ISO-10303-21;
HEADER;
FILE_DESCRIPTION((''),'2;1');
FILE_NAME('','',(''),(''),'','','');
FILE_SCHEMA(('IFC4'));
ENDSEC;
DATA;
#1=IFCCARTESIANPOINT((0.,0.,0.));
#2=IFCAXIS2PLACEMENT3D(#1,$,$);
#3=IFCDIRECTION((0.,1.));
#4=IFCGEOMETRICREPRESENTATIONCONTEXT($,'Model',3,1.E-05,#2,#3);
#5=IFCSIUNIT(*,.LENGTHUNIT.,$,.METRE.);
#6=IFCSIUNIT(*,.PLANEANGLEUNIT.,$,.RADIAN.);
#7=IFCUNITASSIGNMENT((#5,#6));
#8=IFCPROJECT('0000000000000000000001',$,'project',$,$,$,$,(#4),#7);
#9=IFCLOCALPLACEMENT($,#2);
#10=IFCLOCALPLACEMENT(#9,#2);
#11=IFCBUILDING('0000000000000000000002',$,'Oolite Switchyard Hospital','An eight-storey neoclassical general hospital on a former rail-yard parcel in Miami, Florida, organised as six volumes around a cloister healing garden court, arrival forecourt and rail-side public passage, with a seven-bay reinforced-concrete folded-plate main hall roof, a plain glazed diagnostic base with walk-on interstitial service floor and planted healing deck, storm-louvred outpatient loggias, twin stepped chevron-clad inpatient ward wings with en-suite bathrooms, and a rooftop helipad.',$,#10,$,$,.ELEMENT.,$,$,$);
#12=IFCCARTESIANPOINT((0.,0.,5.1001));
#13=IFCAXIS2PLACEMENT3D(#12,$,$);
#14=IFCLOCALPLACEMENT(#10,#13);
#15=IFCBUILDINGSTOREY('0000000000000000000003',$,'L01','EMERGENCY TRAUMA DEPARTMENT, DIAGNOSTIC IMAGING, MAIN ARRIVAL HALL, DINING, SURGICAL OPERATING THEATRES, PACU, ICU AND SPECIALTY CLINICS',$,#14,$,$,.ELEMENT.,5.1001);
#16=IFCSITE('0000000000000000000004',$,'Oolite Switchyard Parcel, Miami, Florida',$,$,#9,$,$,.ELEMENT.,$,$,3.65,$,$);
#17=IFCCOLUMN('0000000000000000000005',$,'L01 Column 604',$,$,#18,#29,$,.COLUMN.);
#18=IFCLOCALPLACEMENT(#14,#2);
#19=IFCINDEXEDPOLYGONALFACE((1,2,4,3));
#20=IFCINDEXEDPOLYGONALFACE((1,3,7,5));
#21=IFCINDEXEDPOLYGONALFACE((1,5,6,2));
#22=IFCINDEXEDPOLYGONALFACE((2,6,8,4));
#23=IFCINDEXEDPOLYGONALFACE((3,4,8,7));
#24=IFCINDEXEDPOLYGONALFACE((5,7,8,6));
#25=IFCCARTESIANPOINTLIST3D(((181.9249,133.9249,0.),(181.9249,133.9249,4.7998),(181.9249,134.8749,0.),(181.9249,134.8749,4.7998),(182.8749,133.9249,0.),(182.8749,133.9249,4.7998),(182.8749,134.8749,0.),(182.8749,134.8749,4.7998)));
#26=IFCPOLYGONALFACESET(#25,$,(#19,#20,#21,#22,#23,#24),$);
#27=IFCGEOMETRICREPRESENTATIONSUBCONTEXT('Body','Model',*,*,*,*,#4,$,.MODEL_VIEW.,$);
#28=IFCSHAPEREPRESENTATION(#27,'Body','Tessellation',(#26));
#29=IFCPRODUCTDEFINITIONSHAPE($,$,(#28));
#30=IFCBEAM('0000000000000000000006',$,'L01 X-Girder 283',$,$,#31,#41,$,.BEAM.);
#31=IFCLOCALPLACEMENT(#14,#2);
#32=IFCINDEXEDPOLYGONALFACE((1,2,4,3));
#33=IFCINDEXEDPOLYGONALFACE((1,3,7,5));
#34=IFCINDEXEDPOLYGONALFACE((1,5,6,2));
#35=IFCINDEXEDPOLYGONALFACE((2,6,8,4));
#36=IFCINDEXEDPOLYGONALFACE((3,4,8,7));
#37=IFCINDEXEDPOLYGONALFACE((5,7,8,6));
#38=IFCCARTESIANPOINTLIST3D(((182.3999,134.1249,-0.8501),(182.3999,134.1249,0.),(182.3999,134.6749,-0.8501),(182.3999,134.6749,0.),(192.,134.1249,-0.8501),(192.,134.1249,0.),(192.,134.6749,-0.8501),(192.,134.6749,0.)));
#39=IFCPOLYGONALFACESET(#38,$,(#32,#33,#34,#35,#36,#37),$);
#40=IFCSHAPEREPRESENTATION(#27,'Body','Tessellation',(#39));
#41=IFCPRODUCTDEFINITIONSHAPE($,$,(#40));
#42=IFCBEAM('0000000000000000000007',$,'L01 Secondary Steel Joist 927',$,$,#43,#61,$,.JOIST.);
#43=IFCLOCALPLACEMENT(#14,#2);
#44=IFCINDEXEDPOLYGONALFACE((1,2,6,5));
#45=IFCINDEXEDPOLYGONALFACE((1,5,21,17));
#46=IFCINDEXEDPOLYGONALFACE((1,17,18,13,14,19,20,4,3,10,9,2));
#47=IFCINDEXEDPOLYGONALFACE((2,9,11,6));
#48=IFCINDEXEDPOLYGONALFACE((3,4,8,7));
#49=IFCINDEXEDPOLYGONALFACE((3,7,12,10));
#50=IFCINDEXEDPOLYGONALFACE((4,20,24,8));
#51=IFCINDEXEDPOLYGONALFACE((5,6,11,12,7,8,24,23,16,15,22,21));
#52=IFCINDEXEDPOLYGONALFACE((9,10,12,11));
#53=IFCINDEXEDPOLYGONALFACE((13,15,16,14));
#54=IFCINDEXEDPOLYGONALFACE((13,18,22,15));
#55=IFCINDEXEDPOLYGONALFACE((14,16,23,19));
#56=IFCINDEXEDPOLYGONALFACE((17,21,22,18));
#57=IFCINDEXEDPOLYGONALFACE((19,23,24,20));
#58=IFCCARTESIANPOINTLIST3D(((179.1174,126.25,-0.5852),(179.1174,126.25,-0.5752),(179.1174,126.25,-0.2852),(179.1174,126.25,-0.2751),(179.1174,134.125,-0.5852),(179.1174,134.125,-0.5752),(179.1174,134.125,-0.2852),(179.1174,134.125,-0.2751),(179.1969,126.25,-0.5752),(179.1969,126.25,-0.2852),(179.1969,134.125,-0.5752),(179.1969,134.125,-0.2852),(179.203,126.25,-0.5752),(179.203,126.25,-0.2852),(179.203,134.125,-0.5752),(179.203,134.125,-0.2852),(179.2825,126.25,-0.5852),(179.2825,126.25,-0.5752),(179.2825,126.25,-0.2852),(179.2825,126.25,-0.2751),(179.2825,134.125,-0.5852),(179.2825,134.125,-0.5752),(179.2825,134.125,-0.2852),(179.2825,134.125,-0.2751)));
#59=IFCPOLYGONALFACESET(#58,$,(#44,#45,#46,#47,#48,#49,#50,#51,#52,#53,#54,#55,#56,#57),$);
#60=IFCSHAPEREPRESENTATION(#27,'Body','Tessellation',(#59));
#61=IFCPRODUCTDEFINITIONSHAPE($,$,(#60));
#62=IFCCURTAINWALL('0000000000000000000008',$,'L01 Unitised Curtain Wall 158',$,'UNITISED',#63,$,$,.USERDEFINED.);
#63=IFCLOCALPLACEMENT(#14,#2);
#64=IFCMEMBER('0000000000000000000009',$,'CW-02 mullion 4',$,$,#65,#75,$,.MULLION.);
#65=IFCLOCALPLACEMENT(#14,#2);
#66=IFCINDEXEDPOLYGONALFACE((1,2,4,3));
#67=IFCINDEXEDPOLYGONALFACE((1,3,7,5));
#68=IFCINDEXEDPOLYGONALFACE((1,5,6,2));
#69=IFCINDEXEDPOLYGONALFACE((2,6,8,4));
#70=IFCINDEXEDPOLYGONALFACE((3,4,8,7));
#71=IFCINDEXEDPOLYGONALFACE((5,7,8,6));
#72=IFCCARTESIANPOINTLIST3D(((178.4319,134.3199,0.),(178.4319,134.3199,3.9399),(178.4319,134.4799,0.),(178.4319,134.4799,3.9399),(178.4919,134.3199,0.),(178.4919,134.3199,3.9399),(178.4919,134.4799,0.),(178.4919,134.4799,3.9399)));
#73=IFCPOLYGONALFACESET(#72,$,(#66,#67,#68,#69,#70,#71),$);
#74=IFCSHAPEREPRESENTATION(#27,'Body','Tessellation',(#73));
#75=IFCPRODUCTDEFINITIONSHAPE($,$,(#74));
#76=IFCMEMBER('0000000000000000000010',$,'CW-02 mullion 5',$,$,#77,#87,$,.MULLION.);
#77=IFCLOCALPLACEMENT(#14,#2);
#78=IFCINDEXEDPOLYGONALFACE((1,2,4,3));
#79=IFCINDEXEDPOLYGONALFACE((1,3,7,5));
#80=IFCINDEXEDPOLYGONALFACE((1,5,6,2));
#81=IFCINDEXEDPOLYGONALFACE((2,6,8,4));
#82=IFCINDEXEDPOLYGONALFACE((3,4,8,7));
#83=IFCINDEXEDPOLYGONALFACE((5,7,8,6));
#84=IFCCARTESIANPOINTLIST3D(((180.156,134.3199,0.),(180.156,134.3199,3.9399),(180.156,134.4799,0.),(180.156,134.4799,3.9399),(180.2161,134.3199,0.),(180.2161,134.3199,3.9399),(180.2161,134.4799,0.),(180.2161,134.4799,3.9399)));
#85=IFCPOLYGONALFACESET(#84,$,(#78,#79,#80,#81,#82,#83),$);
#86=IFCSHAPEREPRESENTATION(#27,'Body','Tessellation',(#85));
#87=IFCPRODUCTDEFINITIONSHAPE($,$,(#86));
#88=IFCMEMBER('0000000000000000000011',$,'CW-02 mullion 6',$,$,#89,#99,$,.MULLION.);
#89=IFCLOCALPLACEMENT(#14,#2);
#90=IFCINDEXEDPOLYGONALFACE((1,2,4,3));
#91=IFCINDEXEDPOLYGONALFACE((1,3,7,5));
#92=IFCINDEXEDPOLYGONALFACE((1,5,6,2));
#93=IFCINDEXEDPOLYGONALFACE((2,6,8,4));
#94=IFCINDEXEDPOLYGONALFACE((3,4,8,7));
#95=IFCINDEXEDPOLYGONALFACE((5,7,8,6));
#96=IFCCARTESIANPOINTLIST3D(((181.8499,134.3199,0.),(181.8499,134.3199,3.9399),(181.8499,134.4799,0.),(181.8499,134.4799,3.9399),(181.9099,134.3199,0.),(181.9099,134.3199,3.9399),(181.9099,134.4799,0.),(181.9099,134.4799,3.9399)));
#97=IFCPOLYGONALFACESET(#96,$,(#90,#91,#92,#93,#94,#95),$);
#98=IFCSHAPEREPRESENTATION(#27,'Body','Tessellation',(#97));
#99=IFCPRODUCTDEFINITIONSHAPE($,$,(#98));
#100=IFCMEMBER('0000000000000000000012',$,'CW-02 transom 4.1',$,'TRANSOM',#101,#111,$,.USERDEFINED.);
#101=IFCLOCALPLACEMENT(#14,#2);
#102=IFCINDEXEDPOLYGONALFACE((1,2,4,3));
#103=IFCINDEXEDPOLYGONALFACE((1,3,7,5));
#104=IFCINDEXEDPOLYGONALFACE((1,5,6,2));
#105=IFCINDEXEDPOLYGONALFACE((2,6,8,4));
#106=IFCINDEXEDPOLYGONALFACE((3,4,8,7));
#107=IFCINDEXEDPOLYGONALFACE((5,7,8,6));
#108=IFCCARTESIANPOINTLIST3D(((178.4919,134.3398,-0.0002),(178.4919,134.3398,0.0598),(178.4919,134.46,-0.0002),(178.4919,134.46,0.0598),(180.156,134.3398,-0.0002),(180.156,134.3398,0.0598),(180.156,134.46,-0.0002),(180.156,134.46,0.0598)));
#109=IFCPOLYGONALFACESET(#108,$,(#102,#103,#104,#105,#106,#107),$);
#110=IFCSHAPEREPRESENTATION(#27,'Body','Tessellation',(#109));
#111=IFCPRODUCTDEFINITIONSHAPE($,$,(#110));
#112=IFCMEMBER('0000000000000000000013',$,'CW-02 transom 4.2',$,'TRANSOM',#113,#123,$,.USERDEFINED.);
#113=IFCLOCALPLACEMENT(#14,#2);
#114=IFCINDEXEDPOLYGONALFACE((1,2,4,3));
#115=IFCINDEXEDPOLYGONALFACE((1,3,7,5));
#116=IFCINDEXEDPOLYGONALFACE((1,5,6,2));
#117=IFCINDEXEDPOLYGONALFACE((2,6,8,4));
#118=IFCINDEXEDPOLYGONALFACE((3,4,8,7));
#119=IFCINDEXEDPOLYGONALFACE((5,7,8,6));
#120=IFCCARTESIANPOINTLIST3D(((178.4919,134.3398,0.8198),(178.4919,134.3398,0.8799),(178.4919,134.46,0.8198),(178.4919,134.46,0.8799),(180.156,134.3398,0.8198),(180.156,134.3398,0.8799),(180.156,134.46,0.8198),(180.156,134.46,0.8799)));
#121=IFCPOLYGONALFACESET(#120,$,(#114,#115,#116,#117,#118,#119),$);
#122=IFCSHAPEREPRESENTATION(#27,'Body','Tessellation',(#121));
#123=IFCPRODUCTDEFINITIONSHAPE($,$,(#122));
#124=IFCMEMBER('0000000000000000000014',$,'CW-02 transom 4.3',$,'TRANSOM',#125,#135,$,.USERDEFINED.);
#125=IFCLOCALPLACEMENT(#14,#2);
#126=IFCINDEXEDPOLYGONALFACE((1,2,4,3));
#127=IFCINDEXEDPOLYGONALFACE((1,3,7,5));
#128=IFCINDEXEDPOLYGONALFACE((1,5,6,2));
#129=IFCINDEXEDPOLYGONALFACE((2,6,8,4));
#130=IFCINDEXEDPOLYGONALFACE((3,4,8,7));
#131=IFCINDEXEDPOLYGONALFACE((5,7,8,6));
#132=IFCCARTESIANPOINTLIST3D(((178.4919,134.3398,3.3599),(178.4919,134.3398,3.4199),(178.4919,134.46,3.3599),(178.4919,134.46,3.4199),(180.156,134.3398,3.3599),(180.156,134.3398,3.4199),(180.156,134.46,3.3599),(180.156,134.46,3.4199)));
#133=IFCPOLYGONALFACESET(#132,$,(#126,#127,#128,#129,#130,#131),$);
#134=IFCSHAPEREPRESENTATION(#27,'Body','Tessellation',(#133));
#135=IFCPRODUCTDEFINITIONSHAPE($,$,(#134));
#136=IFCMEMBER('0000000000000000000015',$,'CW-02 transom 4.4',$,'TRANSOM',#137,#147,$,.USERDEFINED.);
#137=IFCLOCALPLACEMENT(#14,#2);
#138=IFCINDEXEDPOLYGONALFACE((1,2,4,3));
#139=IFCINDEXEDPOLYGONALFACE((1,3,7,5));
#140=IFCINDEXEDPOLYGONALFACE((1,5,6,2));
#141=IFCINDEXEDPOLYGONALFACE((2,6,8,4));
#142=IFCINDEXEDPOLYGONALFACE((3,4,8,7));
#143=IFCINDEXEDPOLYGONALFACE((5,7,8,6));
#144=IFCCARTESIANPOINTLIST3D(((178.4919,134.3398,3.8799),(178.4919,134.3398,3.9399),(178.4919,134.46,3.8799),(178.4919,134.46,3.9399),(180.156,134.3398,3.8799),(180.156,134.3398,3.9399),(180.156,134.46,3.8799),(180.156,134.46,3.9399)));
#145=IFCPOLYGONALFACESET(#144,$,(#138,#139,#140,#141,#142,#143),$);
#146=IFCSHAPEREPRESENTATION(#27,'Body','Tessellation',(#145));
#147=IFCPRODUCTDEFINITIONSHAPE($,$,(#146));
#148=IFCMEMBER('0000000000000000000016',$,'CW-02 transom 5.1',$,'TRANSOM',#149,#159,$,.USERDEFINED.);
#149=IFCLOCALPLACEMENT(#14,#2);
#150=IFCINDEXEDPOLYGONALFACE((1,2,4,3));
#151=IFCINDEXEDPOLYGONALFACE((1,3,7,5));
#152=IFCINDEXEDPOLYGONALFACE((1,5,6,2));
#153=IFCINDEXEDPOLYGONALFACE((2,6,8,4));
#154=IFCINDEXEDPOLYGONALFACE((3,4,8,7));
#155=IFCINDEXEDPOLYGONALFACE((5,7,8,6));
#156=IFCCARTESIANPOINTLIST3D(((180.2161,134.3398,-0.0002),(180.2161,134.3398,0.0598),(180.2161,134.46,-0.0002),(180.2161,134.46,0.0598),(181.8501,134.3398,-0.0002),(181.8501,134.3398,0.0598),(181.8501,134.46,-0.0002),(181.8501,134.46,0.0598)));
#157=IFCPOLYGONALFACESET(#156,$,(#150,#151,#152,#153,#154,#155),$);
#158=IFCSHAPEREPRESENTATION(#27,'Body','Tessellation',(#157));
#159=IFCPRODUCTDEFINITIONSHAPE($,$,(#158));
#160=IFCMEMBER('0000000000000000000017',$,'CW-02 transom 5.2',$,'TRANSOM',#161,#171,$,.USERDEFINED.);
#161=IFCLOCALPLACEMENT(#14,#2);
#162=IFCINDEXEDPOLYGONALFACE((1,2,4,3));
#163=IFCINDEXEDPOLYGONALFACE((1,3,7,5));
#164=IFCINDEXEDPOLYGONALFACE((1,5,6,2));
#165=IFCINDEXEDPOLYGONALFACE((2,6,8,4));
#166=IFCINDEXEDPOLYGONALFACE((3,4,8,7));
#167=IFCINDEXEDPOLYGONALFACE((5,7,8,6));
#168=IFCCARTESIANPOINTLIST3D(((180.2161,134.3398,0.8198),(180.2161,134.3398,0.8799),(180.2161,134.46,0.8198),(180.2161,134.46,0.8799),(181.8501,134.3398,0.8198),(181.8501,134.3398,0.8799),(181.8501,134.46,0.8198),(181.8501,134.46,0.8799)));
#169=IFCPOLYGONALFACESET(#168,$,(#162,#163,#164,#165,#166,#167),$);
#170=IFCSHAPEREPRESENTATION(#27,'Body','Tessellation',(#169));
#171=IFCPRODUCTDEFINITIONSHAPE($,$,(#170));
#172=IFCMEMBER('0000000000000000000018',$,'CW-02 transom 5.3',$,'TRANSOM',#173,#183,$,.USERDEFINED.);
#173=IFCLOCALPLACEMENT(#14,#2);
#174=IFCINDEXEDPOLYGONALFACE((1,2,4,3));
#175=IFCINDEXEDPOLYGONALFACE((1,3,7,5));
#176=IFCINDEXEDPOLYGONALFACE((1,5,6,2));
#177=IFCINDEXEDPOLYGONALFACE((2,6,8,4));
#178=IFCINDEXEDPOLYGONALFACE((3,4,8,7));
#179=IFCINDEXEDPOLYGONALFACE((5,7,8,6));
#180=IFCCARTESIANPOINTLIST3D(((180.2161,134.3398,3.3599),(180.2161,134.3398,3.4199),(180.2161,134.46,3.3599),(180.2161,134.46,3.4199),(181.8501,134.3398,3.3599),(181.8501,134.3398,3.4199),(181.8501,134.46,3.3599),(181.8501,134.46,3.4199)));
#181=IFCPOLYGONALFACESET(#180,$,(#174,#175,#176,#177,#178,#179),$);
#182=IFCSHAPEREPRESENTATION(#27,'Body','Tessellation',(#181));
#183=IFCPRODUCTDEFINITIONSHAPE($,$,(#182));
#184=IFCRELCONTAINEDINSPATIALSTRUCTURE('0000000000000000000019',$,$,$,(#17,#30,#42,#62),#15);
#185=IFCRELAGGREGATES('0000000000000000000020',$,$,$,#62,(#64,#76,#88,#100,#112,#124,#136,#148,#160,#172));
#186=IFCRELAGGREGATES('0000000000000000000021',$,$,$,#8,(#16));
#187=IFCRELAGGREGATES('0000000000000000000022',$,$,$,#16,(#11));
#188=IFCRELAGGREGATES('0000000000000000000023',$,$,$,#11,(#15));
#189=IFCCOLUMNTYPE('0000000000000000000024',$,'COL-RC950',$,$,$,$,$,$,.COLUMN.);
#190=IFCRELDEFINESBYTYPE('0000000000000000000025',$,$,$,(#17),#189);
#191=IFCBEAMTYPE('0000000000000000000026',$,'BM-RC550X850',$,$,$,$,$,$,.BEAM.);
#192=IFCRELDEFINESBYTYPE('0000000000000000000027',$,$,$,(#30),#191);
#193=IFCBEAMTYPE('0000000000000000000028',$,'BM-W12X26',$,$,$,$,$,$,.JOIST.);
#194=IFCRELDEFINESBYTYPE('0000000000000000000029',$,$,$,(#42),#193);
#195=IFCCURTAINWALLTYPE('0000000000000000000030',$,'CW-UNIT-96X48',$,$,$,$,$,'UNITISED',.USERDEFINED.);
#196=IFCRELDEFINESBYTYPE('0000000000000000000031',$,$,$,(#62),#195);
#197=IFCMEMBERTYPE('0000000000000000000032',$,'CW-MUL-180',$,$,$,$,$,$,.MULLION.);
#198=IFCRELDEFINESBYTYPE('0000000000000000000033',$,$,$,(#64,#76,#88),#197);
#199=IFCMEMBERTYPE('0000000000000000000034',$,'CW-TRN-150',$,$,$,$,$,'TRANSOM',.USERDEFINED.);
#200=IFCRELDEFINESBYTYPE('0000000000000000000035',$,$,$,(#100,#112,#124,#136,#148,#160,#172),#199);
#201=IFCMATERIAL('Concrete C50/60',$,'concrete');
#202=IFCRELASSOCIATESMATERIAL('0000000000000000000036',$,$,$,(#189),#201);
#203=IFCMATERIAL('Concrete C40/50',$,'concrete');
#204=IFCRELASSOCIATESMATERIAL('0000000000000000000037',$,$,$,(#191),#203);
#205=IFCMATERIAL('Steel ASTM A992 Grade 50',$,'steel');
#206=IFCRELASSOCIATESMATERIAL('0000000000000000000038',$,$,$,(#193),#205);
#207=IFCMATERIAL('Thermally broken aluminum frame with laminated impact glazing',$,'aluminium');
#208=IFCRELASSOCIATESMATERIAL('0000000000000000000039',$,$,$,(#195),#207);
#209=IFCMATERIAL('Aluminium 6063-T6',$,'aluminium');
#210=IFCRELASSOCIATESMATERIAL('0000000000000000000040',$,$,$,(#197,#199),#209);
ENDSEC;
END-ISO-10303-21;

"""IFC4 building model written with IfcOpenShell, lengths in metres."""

from ifc_helpers import new_model, si_unit, direction, frame, origin, origin_2d, place, context, subcontext, project, spatial, rectangle, i_section, extrude, material, material_profile, profile_set, type_object, element, aggregate, save


model = new_model("IFC4")

# Units and contexts
model_context = context("Model", 3, precision=1e-05, world=origin(), true_north=direction((0.0, 1.0)))
body_context = subcontext(model_context, "Body", "Model", "MODEL_VIEW")
ifc_project = project(units=[si_unit("LENGTHUNIT", "METRE"), si_unit("PLANEANGLEUNIT", "RADIAN")], contexts=[model_context])

# Site, building, storey
site_placement = place(None, origin())
site = spatial("IfcSite", under=ifc_project, at=site_placement, Name="Oolite Switchyard Parcel, Miami, Florida", CompositionType="ELEMENT", RefElevation=3.65)
building_placement = place(site_placement, origin())
building = spatial("IfcBuilding", under=site, at=building_placement, Name="Oolite Switchyard Hospital", Description="An eight-storey neoclassical general hospital on a former rail-yard parcel in Miami, Florida, organised as six volumes around a cloister healing garden court, arrival forecourt and rail-side public passage, with a seven-bay reinforced-concrete folded-plate main hall roof, a plain glazed diagnostic base with walk-on interstitial service floor and planted healing deck, storm-louvred outpatient loggias, twin stepped chevron-clad inpatient ward wings with en-suite bathrooms, and a rooftop helipad.", CompositionType="ELEMENT")
storey_placement = place(building_placement, frame((0.0, 0.0, 5.1001)))
storey = spatial("IfcBuildingStorey", under=building, at=storey_placement, Name="L01", Description="EMERGENCY TRAUMA DEPARTMENT, DIAGNOSTIC IMAGING, MAIN ARRIVAL HALL, DINING, SURGICAL OPERATING THEATRES, PACU, ICU AND SPECIALTY CLINICS", CompositionType="ELEMENT", Elevation=5.1001)

# Column
ifc_material_1 = material(Name="Concrete C50/60", Category="concrete")
ifc_material_profile_1 = material_profile(ifc_material_1, rectangle(XDim=0.95, YDim=0.95, at=origin_2d()), Name="RC950X950")
ifc_profile_set_1 = profile_set([ifc_material_profile_1], Name="Concrete C50/60")
column_type = type_object("IfcColumnType", Name="COL-RC950", PredefinedType="COLUMN", material=ifc_profile_set_1)
column_placement = place(storey_placement, frame((182.3999, 134.3999, 0.0), z_axis=(0.0, 0.0, 1.0), x_axis=(1.0, 0.0, 0.0)))
element("IfcColumn", 1, at=column_placement, inside=storey, type_object=column_type, Name="L01 Column 604", PredefinedType="COLUMN", context=body_context, shape_type="SweptSolid", body=[
    extrude(rectangle(XDim=0.95, YDim=0.95, at=origin_2d()), origin(), (0.0, 0.0, 1.0), 4.7998),
])

# Beams
ifc_material_2 = material(Name="Concrete C40/50", Category="concrete")
ifc_material_profile_2 = material_profile(ifc_material_2, rectangle(XDim=0.55, YDim=0.8501, at=origin_2d()), Name="RCB550X850")
ifc_profile_set_2 = profile_set([ifc_material_profile_2], Name="Concrete C40/50")
beam_type_1 = type_object("IfcBeamType", Name="BM-RC550X850", PredefinedType="BEAM", material=ifc_profile_set_2)
beam_1_placement = place(storey_placement, frame((182.3999, 134.3999, -0.425), z_axis=(1.0, 0.0, 0.0), x_axis=(0.0, 1.0, 0.0)))
element("IfcBeam", 2, at=beam_1_placement, inside=storey, type_object=beam_type_1, Name="L01 X-Girder 283", PredefinedType="BEAM", context=body_context, shape_type="SweptSolid", body=[
    extrude(rectangle(XDim=0.55, YDim=0.8501, at=origin_2d()), origin(), (0.0, 0.0, 1.0), 9.6001),
])
ifc_material_3 = material(Name="Steel ASTM A992 Grade 50", Category="steel")
ifc_material_profile_3 = material_profile(ifc_material_3, i_section(OverallWidth=0.165, OverallDepth=0.3101, WebThickness=0.0061, FlangeThickness=0.01, at=origin_2d()), Name="W12X26")
ifc_profile_set_3 = profile_set([ifc_material_profile_3], Name="Steel ASTM A992 Grade 50")
beam_type_2 = type_object("IfcBeamType", Name="BM-W12X26", PredefinedType="JOIST", material=ifc_profile_set_3)
beam_2_placement = place(storey_placement, frame((179.2, 126.25, -0.4302), z_axis=(0.0, 1.0, 0.0), x_axis=(-1.0, 0.0, 0.0)))
element("IfcBeam", 3, at=beam_2_placement, inside=storey, type_object=beam_type_2, Name="L01 Secondary Steel Joist 927", PredefinedType="JOIST", context=body_context, shape_type="SweptSolid", body=[
    extrude(i_section(OverallWidth=0.165, OverallDepth=0.3101, WebThickness=0.0061, FlangeThickness=0.01, at=origin_2d()), origin(), (0.0, 0.0, 1.0), 7.875),
])

# Curtain wall, members
ifc_material_4 = material(Name="Thermally broken aluminum frame with laminated impact glazing", Category="aluminium")
curtain_wall_type = type_object("IfcCurtainWallType", Name="CW-UNIT-96X48", ElementType="UNITISED", PredefinedType="USERDEFINED", material=ifc_material_4)
curtain_wall_placement = place(storey_placement, origin())
curtain_wall = element("IfcCurtainWall", 4, at=curtain_wall_placement, inside=storey, type_object=curtain_wall_type, Name="L01 Unitised Curtain Wall 158", ObjectType="UNITISED", PredefinedType="USERDEFINED")
ifc_material_5 = material(Name="Aluminium 6063-T6", Category="aluminium")
ifc_material_profile_4 = material_profile(ifc_material_5, rectangle(XDim=0.1599, YDim=0.0601, at=origin_2d()), Name="CWM60X160")
ifc_profile_set_4 = profile_set([ifc_material_profile_4], Name="Aluminium 6063-T6")
member_type_1 = type_object("IfcMemberType", Name="CW-MUL-180", PredefinedType="MULLION", material=ifc_profile_set_4)
member_1_placement = place(storey_placement, frame((178.4619, 134.3999, 0.0), z_axis=(0.0, 0.0, 1.0), x_axis=(0.0, 1.0, 0.0)))
member_1 = element("IfcMember", 5, at=member_1_placement, type_object=member_type_1, Name="CW-02 mullion 4", PredefinedType="MULLION", context=body_context, shape_type="SweptSolid", body=[
    extrude(rectangle(XDim=0.1599, YDim=0.0601, at=origin_2d()), origin(), (0.0, 0.0, 1.0), 3.9399),
])
member_2_placement = place(storey_placement, frame((180.186, 134.3999, 0.0), z_axis=(0.0, 0.0, 1.0), x_axis=(0.0, 1.0, 0.0)))
member_2 = element("IfcMember", 6, at=member_2_placement, type_object=member_type_1, Name="CW-02 mullion 5", PredefinedType="MULLION", context=body_context, shape_type="SweptSolid", body=[
    extrude(rectangle(XDim=0.1599, YDim=0.0601, at=origin_2d()), origin(), (0.0, 0.0, 1.0), 3.9399),
])
member_3_placement = place(storey_placement, frame((181.8799, 134.3999, 0.0), z_axis=(0.0, 0.0, 1.0), x_axis=(0.0, 1.0, 0.0)))
member_3 = element("IfcMember", 7, at=member_3_placement, type_object=member_type_1, Name="CW-02 mullion 6", PredefinedType="MULLION", context=body_context, shape_type="SweptSolid", body=[
    extrude(rectangle(XDim=0.1599, YDim=0.0601, at=origin_2d()), origin(), (0.0, 0.0, 1.0), 3.9399),
])
ifc_material_profile_5 = material_profile(ifc_material_5, rectangle(XDim=0.1201, YDim=0.0601, at=origin_2d()), Name="CWT60X120")
ifc_profile_set_5 = profile_set([ifc_material_profile_5], Name="Aluminium 6063-T6")
member_type_2 = type_object("IfcMemberType", Name="CW-TRN-150", ElementType="TRANSOM", PredefinedType="USERDEFINED", material=ifc_profile_set_5)
member_4_placement = place(storey_placement, frame((178.4919, 134.3999, 0.0298), z_axis=(1.0, 0.0, 0.0), x_axis=(0.0, 1.0, 0.0)))
member_4 = element("IfcMember", 8, at=member_4_placement, type_object=member_type_2, Name="CW-02 transom 4.1", ObjectType="TRANSOM", PredefinedType="USERDEFINED", context=body_context, shape_type="SweptSolid", body=[
    extrude(rectangle(XDim=0.1201, YDim=0.0601, at=origin_2d()), origin(), (0.0, 0.0, 1.0), 1.6641),
])
member_5_placement = place(storey_placement, frame((178.4919, 134.3999, 0.8499), z_axis=(1.0, 0.0, 0.0), x_axis=(0.0, 1.0, 0.0)))
member_5 = element("IfcMember", 9, at=member_5_placement, type_object=member_type_2, Name="CW-02 transom 4.2", ObjectType="TRANSOM", PredefinedType="USERDEFINED", context=body_context, shape_type="SweptSolid", body=[
    extrude(rectangle(XDim=0.1201, YDim=0.0601, at=origin_2d()), origin(), (0.0, 0.0, 1.0), 1.6641),
])
member_6_placement = place(storey_placement, frame((178.4919, 134.3999, 3.3899), z_axis=(1.0, 0.0, 0.0), x_axis=(0.0, 1.0, 0.0)))
member_6 = element("IfcMember", 10, at=member_6_placement, type_object=member_type_2, Name="CW-02 transom 4.3", ObjectType="TRANSOM", PredefinedType="USERDEFINED", context=body_context, shape_type="SweptSolid", body=[
    extrude(rectangle(XDim=0.1201, YDim=0.0601, at=origin_2d()), origin(), (0.0, 0.0, 1.0), 1.6641),
])
member_7_placement = place(storey_placement, frame((178.4919, 134.3999, 3.9099), z_axis=(1.0, 0.0, 0.0), x_axis=(0.0, 1.0, 0.0)))
member_7 = element("IfcMember", 11, at=member_7_placement, type_object=member_type_2, Name="CW-02 transom 4.4", ObjectType="TRANSOM", PredefinedType="USERDEFINED", context=body_context, shape_type="SweptSolid", body=[
    extrude(rectangle(XDim=0.1201, YDim=0.0601, at=origin_2d()), origin(), (0.0, 0.0, 1.0), 1.6641),
])
member_8_placement = place(storey_placement, frame((180.2161, 134.3999, 0.0298), z_axis=(1.0, 0.0, 0.0), x_axis=(0.0, 1.0, 0.0)))
member_8 = element("IfcMember", 12, at=member_8_placement, type_object=member_type_2, Name="CW-02 transom 5.1", ObjectType="TRANSOM", PredefinedType="USERDEFINED", context=body_context, shape_type="SweptSolid", body=[
    extrude(rectangle(XDim=0.1201, YDim=0.0601, at=origin_2d()), origin(), (0.0, 0.0, 1.0), 1.634),
])
member_9_placement = place(storey_placement, frame((180.2161, 134.3999, 0.8499), z_axis=(1.0, 0.0, 0.0), x_axis=(0.0, 1.0, 0.0)))
member_9 = element("IfcMember", 13, at=member_9_placement, type_object=member_type_2, Name="CW-02 transom 5.2", ObjectType="TRANSOM", PredefinedType="USERDEFINED", context=body_context, shape_type="SweptSolid", body=[
    extrude(rectangle(XDim=0.1201, YDim=0.0601, at=origin_2d()), origin(), (0.0, 0.0, 1.0), 1.634),
])
member_10_placement = place(storey_placement, frame((180.2161, 134.3999, 3.3899), z_axis=(1.0, 0.0, 0.0), x_axis=(0.0, 1.0, 0.0)))
member_10 = element("IfcMember", 14, at=member_10_placement, type_object=member_type_2, Name="CW-02 transom 5.3", ObjectType="TRANSOM", PredefinedType="USERDEFINED", context=body_context, shape_type="SweptSolid", body=[
    extrude(rectangle(XDim=0.1201, YDim=0.0601, at=origin_2d()), origin(), (0.0, 0.0, 1.0), 1.634),
])

aggregate(curtain_wall, [member_1, member_2, member_3, member_4, member_5, member_6, member_7, member_8, member_9, member_10])

save(model, "model.ifc")
